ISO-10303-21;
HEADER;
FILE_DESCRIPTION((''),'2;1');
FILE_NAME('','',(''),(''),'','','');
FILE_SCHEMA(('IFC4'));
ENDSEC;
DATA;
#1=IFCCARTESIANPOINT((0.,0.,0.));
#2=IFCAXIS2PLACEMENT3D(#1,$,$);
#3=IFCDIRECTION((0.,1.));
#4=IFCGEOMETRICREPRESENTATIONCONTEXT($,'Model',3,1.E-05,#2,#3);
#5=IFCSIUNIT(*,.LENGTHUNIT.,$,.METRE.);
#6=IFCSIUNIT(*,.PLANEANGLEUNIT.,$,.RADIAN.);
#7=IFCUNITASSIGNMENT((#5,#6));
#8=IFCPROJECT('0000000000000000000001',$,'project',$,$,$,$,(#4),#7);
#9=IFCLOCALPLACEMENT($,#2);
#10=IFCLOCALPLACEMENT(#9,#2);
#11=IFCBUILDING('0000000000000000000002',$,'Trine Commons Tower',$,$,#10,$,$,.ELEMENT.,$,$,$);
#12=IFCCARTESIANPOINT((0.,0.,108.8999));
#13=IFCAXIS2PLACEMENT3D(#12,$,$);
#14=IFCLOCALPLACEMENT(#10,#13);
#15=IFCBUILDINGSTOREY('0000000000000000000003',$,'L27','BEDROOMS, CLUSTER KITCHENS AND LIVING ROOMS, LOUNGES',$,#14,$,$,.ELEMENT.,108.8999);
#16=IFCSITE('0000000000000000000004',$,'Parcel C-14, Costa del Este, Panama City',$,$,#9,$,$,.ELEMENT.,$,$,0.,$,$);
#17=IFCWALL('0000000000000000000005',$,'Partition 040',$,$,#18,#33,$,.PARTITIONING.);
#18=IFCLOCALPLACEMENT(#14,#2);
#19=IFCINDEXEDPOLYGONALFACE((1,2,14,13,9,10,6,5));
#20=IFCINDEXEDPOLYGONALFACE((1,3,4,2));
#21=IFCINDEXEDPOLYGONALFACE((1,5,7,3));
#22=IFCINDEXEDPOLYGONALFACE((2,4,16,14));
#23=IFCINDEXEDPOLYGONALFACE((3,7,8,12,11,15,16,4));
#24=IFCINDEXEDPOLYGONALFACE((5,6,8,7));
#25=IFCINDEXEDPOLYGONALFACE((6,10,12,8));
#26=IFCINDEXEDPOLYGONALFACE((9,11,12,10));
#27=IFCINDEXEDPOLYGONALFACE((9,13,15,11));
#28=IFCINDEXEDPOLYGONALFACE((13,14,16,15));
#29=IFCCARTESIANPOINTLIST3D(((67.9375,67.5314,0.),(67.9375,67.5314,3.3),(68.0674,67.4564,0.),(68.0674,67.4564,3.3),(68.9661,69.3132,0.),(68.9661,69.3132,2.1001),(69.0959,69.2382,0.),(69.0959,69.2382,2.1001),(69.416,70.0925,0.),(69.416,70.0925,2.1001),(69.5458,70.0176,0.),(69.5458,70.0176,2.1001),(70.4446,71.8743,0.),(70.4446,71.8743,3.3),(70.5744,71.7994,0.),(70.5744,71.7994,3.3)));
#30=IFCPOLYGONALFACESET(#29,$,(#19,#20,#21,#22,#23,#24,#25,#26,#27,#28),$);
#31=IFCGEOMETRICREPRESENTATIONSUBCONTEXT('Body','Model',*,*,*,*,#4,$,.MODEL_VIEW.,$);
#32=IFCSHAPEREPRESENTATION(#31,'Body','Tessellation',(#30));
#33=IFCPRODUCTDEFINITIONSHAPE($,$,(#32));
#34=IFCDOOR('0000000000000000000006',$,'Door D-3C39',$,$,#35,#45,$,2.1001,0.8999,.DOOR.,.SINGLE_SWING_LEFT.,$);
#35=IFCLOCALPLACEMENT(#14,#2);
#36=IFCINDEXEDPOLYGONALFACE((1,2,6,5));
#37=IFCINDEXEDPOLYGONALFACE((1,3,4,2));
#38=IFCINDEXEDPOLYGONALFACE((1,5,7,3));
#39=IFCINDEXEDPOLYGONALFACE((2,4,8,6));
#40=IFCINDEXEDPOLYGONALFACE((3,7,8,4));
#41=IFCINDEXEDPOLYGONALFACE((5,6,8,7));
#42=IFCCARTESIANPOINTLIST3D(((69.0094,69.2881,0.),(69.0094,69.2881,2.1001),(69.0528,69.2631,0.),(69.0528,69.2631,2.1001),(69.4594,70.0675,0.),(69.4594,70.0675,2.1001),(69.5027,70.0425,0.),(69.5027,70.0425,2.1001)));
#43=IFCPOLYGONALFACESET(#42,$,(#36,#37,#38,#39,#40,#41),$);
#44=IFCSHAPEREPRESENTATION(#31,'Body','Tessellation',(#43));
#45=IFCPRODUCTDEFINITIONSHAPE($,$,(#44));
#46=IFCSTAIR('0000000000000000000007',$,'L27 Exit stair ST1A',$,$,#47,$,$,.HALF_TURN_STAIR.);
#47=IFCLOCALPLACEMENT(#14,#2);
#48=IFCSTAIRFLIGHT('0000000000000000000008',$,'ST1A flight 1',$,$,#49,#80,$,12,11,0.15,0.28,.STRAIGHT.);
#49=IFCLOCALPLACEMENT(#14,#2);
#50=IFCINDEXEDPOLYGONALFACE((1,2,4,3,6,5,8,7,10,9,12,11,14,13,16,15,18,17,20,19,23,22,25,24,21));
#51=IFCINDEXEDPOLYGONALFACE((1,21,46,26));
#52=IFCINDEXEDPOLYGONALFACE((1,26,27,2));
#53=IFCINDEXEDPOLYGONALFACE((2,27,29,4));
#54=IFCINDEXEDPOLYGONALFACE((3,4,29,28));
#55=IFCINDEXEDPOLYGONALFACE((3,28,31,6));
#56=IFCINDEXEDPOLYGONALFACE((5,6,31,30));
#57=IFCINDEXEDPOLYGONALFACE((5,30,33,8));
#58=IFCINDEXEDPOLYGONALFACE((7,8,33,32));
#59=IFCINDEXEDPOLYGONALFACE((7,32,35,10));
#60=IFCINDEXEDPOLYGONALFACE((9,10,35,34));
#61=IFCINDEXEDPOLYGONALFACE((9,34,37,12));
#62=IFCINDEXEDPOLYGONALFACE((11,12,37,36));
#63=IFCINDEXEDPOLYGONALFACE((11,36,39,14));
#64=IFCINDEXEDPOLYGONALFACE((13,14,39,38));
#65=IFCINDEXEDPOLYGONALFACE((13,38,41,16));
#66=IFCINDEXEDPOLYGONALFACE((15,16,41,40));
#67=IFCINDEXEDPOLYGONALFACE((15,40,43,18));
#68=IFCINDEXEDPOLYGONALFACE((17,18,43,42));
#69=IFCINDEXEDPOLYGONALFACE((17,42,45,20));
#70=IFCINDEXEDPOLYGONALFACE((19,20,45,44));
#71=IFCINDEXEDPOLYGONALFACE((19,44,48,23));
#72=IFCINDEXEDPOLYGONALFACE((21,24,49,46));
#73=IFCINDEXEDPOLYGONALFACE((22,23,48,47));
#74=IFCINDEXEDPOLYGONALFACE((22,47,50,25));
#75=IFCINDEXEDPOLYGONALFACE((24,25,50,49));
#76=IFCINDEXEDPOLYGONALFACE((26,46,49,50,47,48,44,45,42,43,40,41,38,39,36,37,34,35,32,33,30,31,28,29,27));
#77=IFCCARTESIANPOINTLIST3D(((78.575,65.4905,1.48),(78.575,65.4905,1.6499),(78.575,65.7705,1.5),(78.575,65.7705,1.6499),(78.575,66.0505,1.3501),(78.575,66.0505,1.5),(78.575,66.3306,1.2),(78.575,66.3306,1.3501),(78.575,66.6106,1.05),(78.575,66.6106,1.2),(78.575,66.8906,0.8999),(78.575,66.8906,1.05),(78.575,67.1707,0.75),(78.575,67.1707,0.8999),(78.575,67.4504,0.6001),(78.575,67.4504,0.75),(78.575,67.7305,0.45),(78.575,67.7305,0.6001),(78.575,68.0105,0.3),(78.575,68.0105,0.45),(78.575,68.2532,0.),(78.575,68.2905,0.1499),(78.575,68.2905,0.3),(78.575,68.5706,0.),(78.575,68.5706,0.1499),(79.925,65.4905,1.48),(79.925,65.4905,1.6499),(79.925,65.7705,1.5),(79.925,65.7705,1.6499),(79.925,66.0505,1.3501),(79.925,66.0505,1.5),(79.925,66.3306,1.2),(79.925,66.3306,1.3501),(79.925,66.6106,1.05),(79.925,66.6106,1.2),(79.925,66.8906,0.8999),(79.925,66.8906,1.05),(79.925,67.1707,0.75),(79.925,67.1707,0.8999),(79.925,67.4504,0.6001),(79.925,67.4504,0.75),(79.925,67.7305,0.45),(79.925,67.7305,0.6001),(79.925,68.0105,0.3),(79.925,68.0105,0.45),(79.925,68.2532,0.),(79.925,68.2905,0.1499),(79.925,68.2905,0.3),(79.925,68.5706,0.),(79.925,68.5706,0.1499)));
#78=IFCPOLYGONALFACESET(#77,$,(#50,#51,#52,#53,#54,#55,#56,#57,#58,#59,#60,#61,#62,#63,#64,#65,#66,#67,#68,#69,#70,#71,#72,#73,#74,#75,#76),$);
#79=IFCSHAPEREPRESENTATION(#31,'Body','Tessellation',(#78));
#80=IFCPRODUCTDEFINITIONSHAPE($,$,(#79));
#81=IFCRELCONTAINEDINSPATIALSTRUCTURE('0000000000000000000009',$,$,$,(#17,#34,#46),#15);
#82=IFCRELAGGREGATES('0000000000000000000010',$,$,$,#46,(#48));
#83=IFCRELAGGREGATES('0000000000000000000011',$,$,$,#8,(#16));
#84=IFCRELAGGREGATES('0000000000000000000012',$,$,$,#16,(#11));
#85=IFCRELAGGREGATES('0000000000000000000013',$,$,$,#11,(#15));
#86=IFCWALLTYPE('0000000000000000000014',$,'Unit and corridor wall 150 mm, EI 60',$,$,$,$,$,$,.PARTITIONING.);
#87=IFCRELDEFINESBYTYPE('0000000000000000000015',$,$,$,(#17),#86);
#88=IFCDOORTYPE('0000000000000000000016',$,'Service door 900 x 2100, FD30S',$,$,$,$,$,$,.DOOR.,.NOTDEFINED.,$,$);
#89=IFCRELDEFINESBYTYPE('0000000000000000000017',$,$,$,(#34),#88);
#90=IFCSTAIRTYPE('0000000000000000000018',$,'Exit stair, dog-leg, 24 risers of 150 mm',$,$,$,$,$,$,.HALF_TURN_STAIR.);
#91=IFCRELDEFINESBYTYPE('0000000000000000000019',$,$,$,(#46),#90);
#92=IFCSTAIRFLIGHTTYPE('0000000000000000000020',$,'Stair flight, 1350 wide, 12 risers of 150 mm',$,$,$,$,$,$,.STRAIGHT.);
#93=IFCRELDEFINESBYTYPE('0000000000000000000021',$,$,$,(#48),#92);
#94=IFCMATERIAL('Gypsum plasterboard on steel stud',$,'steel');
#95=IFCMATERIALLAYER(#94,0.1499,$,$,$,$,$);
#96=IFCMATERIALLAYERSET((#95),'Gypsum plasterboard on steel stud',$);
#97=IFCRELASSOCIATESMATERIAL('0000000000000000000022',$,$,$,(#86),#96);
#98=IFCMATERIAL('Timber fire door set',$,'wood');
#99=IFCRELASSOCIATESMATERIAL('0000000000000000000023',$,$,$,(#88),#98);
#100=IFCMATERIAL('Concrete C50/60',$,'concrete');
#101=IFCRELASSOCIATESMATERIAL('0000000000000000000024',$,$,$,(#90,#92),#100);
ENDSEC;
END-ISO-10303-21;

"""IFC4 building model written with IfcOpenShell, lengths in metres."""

from ifc_helpers import new_model, si_unit, direction, frame, frame_2d, origin, place, context, subcontext, project, spatial, polyline, rectangle, outline, extrude, material, layer, layer_set, type_object, element, fill, aggregate, save


model = new_model("IFC4")

# Units and contexts
model_context = context("Model", 3, precision=1e-05, world=origin(), true_north=direction((0.0, 1.0)))
body_context = subcontext(model_context, "Body", "Model", "MODEL_VIEW")
ifc_project = project(units=[si_unit("LENGTHUNIT", "METRE"), si_unit("PLANEANGLEUNIT", "RADIAN")], contexts=[model_context])

# Site, building, storey
site_placement = place(None, origin())
site = spatial("IfcSite", under=ifc_project, at=site_placement, Name="Parcel C-14, Costa del Este, Panama City", CompositionType="ELEMENT", RefElevation=0.0)
building_placement = place(site_placement, origin())
building = spatial("IfcBuilding", under=site, at=building_placement, Name="Trine Commons Tower", CompositionType="ELEMENT")
storey_placement = place(building_placement, frame((0.0, 0.0, 108.8999)))
storey = spatial("IfcBuildingStorey", under=building, at=storey_placement, Name="L27", Description="BEDROOMS, CLUSTER KITCHENS AND LIVING ROOMS, LOUNGES", CompositionType="ELEMENT", Elevation=108.8999)

# Shared definitions
ifc_material_1 = material(Name="Concrete C50/60", Category="concrete")

# Shared definitions
ifc_material_2 = material(Name="Gypsum plasterboard on steel stud", Category="steel")
ifc_layer_1 = layer(ifc_material_2, 0.1499)
ifc_layer_set_1 = layer_set([ifc_layer_1], Name="Gypsum plasterboard on steel stud")
wall_type_1 = type_object("IfcWallType", Name="Unit and corridor wall 150 mm, EI 60", PredefinedType="PARTITIONING", material=ifc_layer_set_1)

# Wall, opening, door
wall_1_placement = place(storey_placement, frame((68.0024, 67.4939, 0.0), z_axis=(0.0, 0.0, 1.0), x_axis=(0.499946, 0.866057, 0.0)))
wall_1 = element("IfcWall", 1, at=wall_1_placement, inside=storey, type_object=wall_type_1, Name="Partition 040", PredefinedType="PARTITIONING", context=body_context, shape_type="SweptSolid", body=[
    extrude(rectangle(XDim=5.0146, YDim=0.1499, at=frame_2d((2.5073, 0.0))), origin(), (0.0, 0.0, 1.0), 3.3),
])
opening_1_placement = place(wall_1_placement, frame((2.0574, 0.0, 0.0)))
opening_1 = element("IfcOpeningElement", 2, at=opening_1_placement, cuts=wall_1, PredefinedType="OPENING", context=body_context, shape_type="SweptSolid", body=[
    extrude(rectangle(XDim=0.8999, YDim=2.1001, at=frame_2d((0.45, 1.05))), frame((0.0, 0.085, 0.0), z_axis=(0.0, -1.0, 0.0), x_axis=(1.0, 0.0, 0.0)), (0.0, 0.0, 1.0), 0.1699),
])
ifc_material_3 = material(Name="Timber fire door set", Category="wood")
door_type_1 = type_object("IfcDoorType", Name="Service door 900 x 2100, FD30S", OperationType="NOTDEFINED", PredefinedType="DOOR", material=ifc_material_3)
door_1_placement = place(opening_1_placement, origin())
door_1 = element("IfcDoor", 3, at=door_1_placement, inside=storey, type_object=door_type_1, Name="Door D-3C39", OperationType="SINGLE_SWING_LEFT", OverallHeight=2.1001, OverallWidth=0.8999, PredefinedType="DOOR", context=body_context, shape_type="SweptSolid", body=[
    extrude(rectangle(XDim=0.8999, YDim=2.1001, at=frame_2d((0.45, 1.05))), frame((0.0, 0.0249, 0.0), z_axis=(0.0, -1.0, 0.0), x_axis=(1.0, 0.0, 0.0)), (0.0, 0.0, 1.0), 0.05),
])
fill(opening_1, door_1)

# Stair, stair flight
stair_type = type_object("IfcStairType", Name="Exit stair, dog-leg, 24 risers of 150 mm", PredefinedType="HALF_TURN_STAIR", material=ifc_material_1)
stair_placement = place(storey_placement, origin())
stair = element("IfcStair", 4, at=stair_placement, inside=storey, type_object=stair_type, Name="L27 Exit stair ST1A", PredefinedType="HALF_TURN_STAIR")
stair_flight_type = type_object("IfcStairFlightType", Name="Stair flight, 1350 wide, 12 risers of 150 mm", PredefinedType="STRAIGHT", material=ifc_material_1)
stair_flight_placement = place(storey_placement, frame((79.25, 68.5706, 0.0), z_axis=(0.0, 0.0, 1.0), x_axis=(0.0, -1.0, 0.0)))
stair_flight = element("IfcStairFlight", 5, at=stair_flight_placement, type_object=stair_flight_type, Name="ST1A flight 1", NumberOfRisers=12, NumberOfTreads=11, PredefinedType="STRAIGHT", RiserHeight=0.15, TreadLength=0.28, context=body_context, shape_type="SweptSolid", body=[
    extrude(outline(polyline([(0.0, 0.0), (0.0, 0.1499), (0.28, 0.1499), (0.28, 0.3), (0.5601, 0.3), (0.5601, 0.45), (0.8401, 0.45), (0.8401, 0.6001), (1.1201, 0.6001), (1.1201, 0.75), (1.3999, 0.75), (1.3999, 0.8999), (1.6799, 0.8999), (1.6799, 1.05), (1.96, 1.05), (1.96, 1.2), (2.24, 1.2), (2.24, 1.3501), (2.52, 1.3501), (2.52, 1.5), (2.8, 1.5), (2.8, 1.6499), (3.0801, 1.6499), (3.0801, 1.8), (3.0801, 1.48), (0.3174, 0.0), (0.0, 0.0)])), frame((0.0, 0.675, 0.0), z_axis=(0.0, -1.0, 0.0), x_axis=(1.0, 0.0, 0.0)), (0.0, 0.0, 1.0), 1.3501),
])
aggregate(stair, [stair_flight])

save(model, "model.ifc")
